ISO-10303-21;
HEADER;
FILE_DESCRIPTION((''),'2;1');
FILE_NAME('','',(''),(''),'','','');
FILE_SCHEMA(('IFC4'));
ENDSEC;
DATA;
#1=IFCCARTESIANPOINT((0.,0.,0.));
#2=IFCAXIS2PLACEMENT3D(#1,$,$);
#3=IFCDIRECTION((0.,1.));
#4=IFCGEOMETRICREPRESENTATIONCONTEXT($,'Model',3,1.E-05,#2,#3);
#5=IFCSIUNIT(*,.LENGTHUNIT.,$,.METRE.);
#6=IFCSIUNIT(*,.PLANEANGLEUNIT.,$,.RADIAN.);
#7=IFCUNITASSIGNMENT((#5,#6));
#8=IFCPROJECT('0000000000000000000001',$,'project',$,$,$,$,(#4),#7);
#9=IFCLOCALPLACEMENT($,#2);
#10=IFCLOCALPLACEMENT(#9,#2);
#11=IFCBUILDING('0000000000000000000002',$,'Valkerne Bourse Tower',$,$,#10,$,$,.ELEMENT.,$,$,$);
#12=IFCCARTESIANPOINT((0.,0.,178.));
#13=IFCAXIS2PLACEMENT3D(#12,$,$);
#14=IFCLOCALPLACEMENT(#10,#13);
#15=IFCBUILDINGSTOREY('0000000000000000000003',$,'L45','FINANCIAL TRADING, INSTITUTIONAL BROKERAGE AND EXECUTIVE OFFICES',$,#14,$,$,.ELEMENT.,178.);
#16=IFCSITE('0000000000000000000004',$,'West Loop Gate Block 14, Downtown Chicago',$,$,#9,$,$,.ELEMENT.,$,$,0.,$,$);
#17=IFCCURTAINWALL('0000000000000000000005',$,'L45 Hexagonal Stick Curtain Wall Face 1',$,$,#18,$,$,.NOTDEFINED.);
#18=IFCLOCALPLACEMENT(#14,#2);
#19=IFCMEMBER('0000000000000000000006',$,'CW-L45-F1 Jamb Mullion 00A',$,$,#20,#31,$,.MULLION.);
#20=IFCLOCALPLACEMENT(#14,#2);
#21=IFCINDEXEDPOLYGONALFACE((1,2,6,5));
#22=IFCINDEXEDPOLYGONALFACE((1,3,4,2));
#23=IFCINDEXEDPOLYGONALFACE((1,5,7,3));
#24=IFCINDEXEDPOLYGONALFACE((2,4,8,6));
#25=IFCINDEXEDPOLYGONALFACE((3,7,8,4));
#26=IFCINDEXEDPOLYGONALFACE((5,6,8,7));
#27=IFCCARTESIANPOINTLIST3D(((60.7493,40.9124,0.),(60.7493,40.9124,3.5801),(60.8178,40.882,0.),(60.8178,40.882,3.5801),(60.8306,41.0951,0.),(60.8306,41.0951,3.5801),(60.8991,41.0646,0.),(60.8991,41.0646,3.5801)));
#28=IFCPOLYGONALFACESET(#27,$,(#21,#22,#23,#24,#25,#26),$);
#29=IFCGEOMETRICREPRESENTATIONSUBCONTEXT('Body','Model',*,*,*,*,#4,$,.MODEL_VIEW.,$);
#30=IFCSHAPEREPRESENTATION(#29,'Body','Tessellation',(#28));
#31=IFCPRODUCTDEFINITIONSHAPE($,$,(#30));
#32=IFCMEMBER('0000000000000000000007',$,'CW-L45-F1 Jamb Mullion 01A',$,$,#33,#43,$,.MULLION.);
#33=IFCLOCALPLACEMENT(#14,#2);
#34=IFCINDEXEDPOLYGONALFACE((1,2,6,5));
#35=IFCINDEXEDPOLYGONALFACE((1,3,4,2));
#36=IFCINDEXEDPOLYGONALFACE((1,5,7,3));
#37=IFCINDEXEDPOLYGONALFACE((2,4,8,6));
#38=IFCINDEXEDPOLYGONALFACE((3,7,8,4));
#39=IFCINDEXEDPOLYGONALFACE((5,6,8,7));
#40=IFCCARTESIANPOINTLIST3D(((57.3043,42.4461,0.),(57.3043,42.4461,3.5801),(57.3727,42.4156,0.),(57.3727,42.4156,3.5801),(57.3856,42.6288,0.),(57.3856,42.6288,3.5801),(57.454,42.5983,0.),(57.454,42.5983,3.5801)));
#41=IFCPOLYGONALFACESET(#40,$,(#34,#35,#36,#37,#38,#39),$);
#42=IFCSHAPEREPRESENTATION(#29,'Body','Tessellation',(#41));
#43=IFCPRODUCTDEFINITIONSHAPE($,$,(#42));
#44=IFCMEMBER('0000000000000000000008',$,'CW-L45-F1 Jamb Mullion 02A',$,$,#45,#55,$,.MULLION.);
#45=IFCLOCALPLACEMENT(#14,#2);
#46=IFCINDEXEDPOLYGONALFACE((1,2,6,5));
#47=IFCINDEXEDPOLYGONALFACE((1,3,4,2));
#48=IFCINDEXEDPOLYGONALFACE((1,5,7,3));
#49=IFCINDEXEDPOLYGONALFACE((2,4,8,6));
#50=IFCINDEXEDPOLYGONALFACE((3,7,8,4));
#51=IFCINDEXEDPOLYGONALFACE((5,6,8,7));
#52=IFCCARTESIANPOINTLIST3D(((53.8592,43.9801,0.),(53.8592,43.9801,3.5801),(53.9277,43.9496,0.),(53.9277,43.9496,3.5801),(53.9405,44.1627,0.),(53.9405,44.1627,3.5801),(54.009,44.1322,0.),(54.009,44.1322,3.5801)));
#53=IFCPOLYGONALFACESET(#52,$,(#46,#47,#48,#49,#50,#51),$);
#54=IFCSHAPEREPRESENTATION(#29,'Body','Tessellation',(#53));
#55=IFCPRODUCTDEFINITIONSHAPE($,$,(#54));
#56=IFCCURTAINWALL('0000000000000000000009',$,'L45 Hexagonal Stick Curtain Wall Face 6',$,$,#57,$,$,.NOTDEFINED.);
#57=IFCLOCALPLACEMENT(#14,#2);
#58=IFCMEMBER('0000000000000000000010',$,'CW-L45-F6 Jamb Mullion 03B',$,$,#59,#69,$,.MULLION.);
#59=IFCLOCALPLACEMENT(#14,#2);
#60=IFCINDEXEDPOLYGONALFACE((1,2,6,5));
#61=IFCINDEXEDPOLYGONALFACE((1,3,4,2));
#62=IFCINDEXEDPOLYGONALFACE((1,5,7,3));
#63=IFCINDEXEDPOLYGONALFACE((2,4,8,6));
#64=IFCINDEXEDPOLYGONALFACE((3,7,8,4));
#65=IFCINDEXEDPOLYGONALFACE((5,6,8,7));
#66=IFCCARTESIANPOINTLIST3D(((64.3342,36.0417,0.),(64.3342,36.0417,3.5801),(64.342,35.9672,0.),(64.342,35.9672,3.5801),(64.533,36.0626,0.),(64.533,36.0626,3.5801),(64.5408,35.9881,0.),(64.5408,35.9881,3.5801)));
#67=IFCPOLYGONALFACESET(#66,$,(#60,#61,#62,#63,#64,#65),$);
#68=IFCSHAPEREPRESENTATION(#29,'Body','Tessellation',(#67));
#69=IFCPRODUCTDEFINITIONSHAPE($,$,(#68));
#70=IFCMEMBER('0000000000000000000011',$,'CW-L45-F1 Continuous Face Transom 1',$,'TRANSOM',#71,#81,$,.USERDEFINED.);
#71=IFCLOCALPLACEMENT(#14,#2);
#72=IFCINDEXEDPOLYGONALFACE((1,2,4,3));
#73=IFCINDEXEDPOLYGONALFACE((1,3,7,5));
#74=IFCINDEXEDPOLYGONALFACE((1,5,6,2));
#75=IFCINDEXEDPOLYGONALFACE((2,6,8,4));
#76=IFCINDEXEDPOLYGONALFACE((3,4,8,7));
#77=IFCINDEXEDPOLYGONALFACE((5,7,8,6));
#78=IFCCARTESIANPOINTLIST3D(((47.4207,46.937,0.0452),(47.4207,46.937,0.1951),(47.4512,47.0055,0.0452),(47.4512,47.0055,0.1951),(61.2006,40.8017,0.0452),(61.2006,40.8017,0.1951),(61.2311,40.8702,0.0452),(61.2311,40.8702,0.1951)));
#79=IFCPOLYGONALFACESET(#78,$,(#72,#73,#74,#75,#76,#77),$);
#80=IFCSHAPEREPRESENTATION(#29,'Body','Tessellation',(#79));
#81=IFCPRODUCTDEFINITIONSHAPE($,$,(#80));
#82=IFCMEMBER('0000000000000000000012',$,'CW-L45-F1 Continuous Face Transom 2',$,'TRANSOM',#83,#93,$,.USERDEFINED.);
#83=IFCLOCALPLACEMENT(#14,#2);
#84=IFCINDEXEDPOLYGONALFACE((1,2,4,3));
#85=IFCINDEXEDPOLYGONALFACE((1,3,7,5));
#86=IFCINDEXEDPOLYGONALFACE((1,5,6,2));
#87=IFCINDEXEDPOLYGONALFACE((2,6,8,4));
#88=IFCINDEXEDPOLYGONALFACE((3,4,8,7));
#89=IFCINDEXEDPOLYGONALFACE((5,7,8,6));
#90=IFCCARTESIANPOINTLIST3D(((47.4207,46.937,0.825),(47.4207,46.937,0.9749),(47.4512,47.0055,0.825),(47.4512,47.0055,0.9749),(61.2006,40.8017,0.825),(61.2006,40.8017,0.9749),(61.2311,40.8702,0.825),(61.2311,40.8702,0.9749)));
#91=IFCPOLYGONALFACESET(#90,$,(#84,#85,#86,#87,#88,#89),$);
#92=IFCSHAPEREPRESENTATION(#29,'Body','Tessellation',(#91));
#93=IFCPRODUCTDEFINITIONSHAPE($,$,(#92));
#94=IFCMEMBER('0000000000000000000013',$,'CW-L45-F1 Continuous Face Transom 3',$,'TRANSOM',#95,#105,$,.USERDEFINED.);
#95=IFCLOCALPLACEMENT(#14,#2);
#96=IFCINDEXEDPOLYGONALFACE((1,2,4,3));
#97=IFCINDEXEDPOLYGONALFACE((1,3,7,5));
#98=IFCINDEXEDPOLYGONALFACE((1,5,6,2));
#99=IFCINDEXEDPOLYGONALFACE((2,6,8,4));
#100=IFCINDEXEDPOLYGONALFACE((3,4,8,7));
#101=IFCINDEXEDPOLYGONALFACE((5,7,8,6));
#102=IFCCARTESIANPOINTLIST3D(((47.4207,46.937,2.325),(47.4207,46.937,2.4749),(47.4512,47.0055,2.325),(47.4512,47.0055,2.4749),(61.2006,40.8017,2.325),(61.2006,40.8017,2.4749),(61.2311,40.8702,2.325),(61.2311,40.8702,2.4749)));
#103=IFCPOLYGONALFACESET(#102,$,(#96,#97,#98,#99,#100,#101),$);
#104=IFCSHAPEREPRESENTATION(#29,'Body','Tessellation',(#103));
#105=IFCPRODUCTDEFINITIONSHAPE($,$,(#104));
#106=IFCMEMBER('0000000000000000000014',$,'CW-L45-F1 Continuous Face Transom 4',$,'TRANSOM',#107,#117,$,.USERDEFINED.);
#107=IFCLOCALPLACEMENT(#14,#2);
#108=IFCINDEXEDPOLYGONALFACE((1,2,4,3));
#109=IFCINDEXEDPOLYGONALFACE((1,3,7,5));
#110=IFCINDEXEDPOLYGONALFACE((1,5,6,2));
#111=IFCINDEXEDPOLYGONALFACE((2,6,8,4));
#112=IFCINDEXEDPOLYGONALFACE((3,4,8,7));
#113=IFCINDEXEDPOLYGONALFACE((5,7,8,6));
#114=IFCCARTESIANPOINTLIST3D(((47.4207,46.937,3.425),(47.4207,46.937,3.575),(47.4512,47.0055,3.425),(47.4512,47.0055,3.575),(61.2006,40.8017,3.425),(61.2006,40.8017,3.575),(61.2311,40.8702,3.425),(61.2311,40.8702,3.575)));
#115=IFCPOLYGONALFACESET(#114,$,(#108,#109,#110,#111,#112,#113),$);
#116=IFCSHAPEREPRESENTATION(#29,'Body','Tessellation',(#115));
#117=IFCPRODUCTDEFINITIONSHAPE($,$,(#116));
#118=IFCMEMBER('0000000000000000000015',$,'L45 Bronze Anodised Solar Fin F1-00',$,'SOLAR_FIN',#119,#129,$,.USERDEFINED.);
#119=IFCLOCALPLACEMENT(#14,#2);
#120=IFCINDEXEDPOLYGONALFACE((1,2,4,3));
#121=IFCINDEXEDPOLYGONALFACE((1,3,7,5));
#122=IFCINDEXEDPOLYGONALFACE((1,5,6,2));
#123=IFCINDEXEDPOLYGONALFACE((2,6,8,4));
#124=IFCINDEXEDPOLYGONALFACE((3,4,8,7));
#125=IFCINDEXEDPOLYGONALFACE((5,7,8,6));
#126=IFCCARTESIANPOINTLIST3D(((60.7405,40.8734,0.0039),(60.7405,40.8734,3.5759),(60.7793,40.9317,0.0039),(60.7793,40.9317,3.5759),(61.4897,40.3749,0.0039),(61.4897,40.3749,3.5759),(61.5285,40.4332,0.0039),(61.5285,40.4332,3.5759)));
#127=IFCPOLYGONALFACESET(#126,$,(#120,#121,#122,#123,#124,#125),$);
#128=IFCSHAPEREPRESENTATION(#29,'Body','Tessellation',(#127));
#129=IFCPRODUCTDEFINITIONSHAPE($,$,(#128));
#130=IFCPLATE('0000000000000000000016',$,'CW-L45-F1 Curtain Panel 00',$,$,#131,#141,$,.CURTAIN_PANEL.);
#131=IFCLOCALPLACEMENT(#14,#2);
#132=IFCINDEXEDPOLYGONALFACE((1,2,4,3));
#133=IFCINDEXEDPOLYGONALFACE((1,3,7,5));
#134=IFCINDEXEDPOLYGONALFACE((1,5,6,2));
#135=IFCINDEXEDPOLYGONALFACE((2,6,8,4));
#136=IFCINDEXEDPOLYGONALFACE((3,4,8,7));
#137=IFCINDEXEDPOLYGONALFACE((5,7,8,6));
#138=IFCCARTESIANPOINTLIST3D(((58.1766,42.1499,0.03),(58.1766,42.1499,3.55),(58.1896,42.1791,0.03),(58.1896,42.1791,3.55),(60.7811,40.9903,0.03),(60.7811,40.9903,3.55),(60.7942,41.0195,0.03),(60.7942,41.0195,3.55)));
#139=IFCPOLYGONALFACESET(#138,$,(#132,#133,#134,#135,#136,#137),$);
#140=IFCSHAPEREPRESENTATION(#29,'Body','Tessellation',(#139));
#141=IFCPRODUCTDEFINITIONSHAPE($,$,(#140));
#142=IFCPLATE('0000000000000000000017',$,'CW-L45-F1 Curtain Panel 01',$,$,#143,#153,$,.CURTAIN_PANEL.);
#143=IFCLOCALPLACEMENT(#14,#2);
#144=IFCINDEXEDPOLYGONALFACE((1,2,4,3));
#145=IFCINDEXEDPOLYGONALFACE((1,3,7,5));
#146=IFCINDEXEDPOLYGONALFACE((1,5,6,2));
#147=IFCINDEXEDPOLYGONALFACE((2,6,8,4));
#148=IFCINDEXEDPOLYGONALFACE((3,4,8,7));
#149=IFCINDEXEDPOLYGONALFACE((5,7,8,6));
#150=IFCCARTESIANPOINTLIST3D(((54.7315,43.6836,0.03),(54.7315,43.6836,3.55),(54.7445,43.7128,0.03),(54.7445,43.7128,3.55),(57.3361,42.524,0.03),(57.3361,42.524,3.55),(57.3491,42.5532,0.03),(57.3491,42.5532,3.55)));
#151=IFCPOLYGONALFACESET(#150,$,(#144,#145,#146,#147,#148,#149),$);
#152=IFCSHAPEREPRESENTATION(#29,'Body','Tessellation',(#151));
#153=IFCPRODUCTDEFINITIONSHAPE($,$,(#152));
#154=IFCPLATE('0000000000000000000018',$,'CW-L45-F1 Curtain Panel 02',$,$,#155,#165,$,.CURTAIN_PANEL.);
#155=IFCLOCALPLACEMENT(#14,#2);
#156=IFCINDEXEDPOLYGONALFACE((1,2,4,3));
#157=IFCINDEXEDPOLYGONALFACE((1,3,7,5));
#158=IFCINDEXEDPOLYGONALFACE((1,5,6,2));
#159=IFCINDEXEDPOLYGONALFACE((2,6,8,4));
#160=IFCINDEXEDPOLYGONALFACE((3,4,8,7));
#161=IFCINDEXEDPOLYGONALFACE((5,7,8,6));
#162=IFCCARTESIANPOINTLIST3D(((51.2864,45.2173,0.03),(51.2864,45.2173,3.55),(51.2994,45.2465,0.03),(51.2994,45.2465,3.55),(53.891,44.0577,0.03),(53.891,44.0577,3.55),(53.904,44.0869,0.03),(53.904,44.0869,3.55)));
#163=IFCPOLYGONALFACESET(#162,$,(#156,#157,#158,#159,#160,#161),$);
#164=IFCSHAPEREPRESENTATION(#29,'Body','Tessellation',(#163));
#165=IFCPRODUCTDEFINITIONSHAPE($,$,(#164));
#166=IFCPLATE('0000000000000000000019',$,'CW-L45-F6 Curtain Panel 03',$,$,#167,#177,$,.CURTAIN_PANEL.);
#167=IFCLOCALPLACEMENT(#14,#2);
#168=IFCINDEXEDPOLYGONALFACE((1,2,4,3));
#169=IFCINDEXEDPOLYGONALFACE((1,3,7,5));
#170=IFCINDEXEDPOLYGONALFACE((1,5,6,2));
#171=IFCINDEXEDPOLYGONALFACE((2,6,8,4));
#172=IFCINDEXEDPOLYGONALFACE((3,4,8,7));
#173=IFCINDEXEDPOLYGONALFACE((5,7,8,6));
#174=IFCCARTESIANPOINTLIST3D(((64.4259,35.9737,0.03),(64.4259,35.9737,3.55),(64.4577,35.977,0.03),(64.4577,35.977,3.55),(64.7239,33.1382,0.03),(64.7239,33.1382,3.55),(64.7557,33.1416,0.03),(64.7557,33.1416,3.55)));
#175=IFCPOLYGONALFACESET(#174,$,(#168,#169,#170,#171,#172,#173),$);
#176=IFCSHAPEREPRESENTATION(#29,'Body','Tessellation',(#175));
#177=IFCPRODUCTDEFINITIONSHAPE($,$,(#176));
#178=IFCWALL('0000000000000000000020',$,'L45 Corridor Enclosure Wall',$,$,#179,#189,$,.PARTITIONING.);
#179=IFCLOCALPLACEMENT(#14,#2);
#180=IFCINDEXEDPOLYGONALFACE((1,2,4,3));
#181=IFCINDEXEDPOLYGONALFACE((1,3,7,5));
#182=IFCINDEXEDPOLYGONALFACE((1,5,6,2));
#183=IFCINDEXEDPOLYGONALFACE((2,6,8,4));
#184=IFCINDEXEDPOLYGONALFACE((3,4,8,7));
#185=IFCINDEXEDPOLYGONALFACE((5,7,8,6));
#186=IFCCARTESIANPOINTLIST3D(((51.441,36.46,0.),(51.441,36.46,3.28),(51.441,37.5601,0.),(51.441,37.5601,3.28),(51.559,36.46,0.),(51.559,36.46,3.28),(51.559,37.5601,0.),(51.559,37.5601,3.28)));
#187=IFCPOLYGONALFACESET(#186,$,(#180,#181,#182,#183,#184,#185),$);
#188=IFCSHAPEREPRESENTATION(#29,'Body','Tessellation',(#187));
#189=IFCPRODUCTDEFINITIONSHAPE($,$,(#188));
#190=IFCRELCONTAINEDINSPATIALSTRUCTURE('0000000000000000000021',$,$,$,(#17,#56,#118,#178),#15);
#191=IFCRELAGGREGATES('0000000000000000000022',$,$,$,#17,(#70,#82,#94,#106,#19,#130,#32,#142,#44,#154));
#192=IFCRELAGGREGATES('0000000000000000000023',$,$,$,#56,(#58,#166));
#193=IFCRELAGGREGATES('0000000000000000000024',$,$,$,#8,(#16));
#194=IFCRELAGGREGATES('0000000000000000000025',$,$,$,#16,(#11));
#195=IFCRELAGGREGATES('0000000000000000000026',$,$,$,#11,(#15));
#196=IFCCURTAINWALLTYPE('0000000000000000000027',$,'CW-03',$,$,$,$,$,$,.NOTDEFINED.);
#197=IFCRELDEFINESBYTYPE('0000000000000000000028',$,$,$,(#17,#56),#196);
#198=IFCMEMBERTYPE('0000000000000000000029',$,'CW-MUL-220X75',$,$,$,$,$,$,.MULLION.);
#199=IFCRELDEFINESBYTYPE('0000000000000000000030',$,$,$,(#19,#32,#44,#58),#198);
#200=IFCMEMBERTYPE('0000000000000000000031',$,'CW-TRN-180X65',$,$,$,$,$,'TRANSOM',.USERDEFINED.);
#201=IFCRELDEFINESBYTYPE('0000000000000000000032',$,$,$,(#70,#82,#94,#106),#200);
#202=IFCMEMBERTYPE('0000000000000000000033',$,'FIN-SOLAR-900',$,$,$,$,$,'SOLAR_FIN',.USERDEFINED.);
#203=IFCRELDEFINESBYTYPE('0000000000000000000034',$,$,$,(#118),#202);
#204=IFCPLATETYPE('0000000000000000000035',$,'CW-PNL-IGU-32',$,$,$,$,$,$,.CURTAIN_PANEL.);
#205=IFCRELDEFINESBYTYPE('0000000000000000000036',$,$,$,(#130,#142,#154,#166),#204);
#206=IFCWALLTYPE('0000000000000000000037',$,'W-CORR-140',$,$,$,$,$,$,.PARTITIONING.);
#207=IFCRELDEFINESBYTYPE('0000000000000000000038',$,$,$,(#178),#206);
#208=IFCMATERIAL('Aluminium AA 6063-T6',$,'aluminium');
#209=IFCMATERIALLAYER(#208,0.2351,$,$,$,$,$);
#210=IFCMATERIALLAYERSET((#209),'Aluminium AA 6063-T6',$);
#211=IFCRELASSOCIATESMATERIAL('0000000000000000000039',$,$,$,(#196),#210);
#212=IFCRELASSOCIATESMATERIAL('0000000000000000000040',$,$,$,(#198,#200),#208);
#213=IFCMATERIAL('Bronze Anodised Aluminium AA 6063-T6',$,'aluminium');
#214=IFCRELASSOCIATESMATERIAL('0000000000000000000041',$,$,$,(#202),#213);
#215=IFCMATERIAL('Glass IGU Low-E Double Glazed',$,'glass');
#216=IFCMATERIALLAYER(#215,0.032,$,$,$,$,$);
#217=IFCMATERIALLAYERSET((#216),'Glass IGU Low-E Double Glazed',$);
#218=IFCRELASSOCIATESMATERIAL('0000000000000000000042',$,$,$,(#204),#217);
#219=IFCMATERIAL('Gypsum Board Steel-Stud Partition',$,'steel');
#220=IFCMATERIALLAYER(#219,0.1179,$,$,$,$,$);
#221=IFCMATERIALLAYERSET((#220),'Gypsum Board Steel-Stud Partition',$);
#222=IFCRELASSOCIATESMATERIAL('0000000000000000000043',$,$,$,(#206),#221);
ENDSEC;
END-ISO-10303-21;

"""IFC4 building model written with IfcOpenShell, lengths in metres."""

from ifc_helpers import new_model, si_unit, direction, frame, frame_2d, origin, origin_2d, place, context, subcontext, project, spatial, rectangle, extrude, material, layer, layer_set, material_profile, profile_set, type_object, element, aggregate, save


model = new_model("IFC4")

# Units and contexts
model_context = context("Model", 3, precision=1e-05, world=origin(), true_north=direction((0.0, 1.0)))
body_context = subcontext(model_context, "Body", "Model", "MODEL_VIEW")
ifc_project = project(units=[si_unit("LENGTHUNIT", "METRE"), si_unit("PLANEANGLEUNIT", "RADIAN")], contexts=[model_context])

# Site, building, storey
site_placement = place(None, origin())
site = spatial("IfcSite", under=ifc_project, at=site_placement, Name="West Loop Gate Block 14, Downtown Chicago", CompositionType="ELEMENT", RefElevation=0.0)
building_placement = place(site_placement, origin())
building = spatial("IfcBuilding", under=site, at=building_placement, Name="Valkerne Bourse Tower", CompositionType="ELEMENT")
storey_placement = place(building_placement, frame((0.0, 0.0, 178.0)))
storey = spatial("IfcBuildingStorey", under=building, at=storey_placement, Name="L45", Description="FINANCIAL TRADING, INSTITUTIONAL BROKERAGE AND EXECUTIVE OFFICES", CompositionType="ELEMENT", Elevation=178.0)

# Curtain wall, members
ifc_material_1 = material(Name="Aluminium AA 6063-T6", Category="aluminium")
ifc_layer_1 = layer(ifc_material_1, 0.2351)
ifc_layer_set_1 = layer_set([ifc_layer_1], Name="Aluminium AA 6063-T6")
curtain_wall_type = type_object("IfcCurtainWallType", Name="CW-03", PredefinedType="NOTDEFINED", material=ifc_layer_set_1)
curtain_wall_1_placement = place(storey_placement, origin())
curtain_wall_1 = element("IfcCurtainWall", 1, at=curtain_wall_1_placement, inside=storey, type_object=curtain_wall_type, Name="L45 Hexagonal Stick Curtain Wall Face 1", PredefinedType="NOTDEFINED")
ifc_material_profile_1 = material_profile(ifc_material_1, rectangle(XDim=0.075, YDim=0.2, at=origin_2d()), Name="CWM-75X200")
ifc_profile_set_1 = profile_set([ifc_material_profile_1], Name="Aluminium AA 6063-T6")
member_type_1 = type_object("IfcMemberType", Name="CW-MUL-220X75", PredefinedType="MULLION", material=ifc_profile_set_1)
member_1_placement = place(storey_placement, frame((60.8242, 40.9885, 0.0), z_axis=(0.0, 0.0, 1.0), x_axis=(-0.913547, 0.406734, 0.0)))
member_1 = element("IfcMember", 2, at=member_1_placement, type_object=member_type_1, Name="CW-L45-F1 Jamb Mullion 00A", PredefinedType="MULLION", context=body_context, shape_type="SweptSolid", body=[
    extrude(rectangle(XDim=0.075, YDim=0.2, at=origin_2d()), origin(), (0.0, 0.0, 1.0), 3.5801),
])
member_2_placement = place(storey_placement, frame((57.3792, 42.5222, 0.0), z_axis=(0.0, 0.0, 1.0), x_axis=(-0.913547, 0.406734, 0.0)))
member_2 = element("IfcMember", 3, at=member_2_placement, type_object=member_type_1, Name="CW-L45-F1 Jamb Mullion 01A", PredefinedType="MULLION", context=body_context, shape_type="SweptSolid", body=[
    extrude(rectangle(XDim=0.075, YDim=0.2, at=origin_2d()), origin(), (0.0, 0.0, 1.0), 3.5801),
])
member_3_placement = place(storey_placement, frame((53.9341, 44.0562, 0.0), z_axis=(0.0, 0.0, 1.0), x_axis=(-0.913547, 0.406734, 0.0)))
member_3 = element("IfcMember", 4, at=member_3_placement, type_object=member_type_1, Name="CW-L45-F1 Jamb Mullion 02A", PredefinedType="MULLION", context=body_context, shape_type="SweptSolid", body=[
    extrude(rectangle(XDim=0.075, YDim=0.2, at=origin_2d()), origin(), (0.0, 0.0, 1.0), 3.5801),
])

# Curtain wall, member
curtain_wall_2_placement = place(storey_placement, origin())
curtain_wall_2 = element("IfcCurtainWall", 5, at=curtain_wall_2_placement, inside=storey, type_object=curtain_wall_type, Name="L45 Hexagonal Stick Curtain Wall Face 6", PredefinedType="NOTDEFINED")
member_4_placement = place(storey_placement, frame((64.4375, 36.0149, 0.0), z_axis=(0.0, 0.0, 1.0), x_axis=(-0.104533, 0.994521, 0.0)))
member_4 = element("IfcMember", 6, at=member_4_placement, type_object=member_type_1, Name="CW-L45-F6 Jamb Mullion 03B", PredefinedType="MULLION", context=body_context, shape_type="SweptSolid", body=[
    extrude(rectangle(XDim=0.075, YDim=0.2, at=origin_2d()), origin(), (0.0, 0.0, 1.0), 3.5801),
])

# Members
ifc_material_profile_2 = material_profile(ifc_material_1, rectangle(XDim=0.075, YDim=0.1499, at=origin_2d()), Name="CWT-75X150")
ifc_profile_set_2 = profile_set([ifc_material_profile_2], Name="Aluminium AA 6063-T6")
member_type_2 = type_object("IfcMemberType", Name="CW-TRN-180X65", ElementType="TRANSOM", PredefinedType="USERDEFINED", material=ifc_profile_set_2)
member_5_placement = place(storey_placement, frame((61.2158, 40.8359, 0.1201), z_axis=(-0.913543, 0.406742, 0.0), x_axis=(-0.406742, -0.913543, 0.0)))
member_5 = element("IfcMember", 7, at=member_5_placement, type_object=member_type_2, Name="CW-L45-F1 Continuous Face Transom 1", ObjectType="TRANSOM", PredefinedType="USERDEFINED", context=body_context, shape_type="SweptSolid", body=[
    extrude(rectangle(XDim=0.075, YDim=0.1499, at=origin_2d()), origin(), (0.0, 0.0, 1.0), 15.084),
])
member_6_placement = place(storey_placement, frame((61.2158, 40.8359, 0.8999), z_axis=(-0.913543, 0.406742, 0.0), x_axis=(-0.406742, -0.913543, 0.0)))
member_6 = element("IfcMember", 8, at=member_6_placement, type_object=member_type_2, Name="CW-L45-F1 Continuous Face Transom 2", ObjectType="TRANSOM", PredefinedType="USERDEFINED", context=body_context, shape_type="SweptSolid", body=[
    extrude(rectangle(XDim=0.075, YDim=0.1499, at=origin_2d()), origin(), (0.0, 0.0, 1.0), 15.084),
])
member_7_placement = place(storey_placement, frame((61.2158, 40.8359, 2.3999), z_axis=(-0.913543, 0.406742, 0.0), x_axis=(-0.406742, -0.913543, 0.0)))
member_7 = element("IfcMember", 9, at=member_7_placement, type_object=member_type_2, Name="CW-L45-F1 Continuous Face Transom 3", ObjectType="TRANSOM", PredefinedType="USERDEFINED", context=body_context, shape_type="SweptSolid", body=[
    extrude(rectangle(XDim=0.075, YDim=0.1499, at=origin_2d()), origin(), (0.0, 0.0, 1.0), 15.084),
])
member_8_placement = place(storey_placement, frame((61.2158, 40.8359, 3.5), z_axis=(-0.913543, 0.406742, 0.0), x_axis=(-0.406742, -0.913543, 0.0)))
member_8 = element("IfcMember", 10, at=member_8_placement, type_object=member_type_2, Name="CW-L45-F1 Continuous Face Transom 4", ObjectType="TRANSOM", PredefinedType="USERDEFINED", context=body_context, shape_type="SweptSolid", body=[
    extrude(rectangle(XDim=0.075, YDim=0.1499, at=origin_2d()), origin(), (0.0, 0.0, 1.0), 15.084),
])
ifc_material_2 = material(Name="Bronze Anodised Aluminium AA 6063-T6", Category="aluminium")
ifc_material_profile_3 = material_profile(ifc_material_2, rectangle(XDim=0.0701, YDim=0.8999, at=origin_2d()), Name="FIN-70X900")
ifc_profile_set_3 = profile_set([ifc_material_profile_3], Name="Bronze Anodised Aluminium AA 6063-T6")
member_type_3 = type_object("IfcMemberType", Name="FIN-SOLAR-900", ElementType="SOLAR_FIN", PredefinedType="USERDEFINED", material=ifc_profile_set_3)
member_9_placement = place(storey_placement, frame((61.1345, 40.6533, 0.0039), z_axis=(0.0, 0.0, 1.0), x_axis=(0.553927, 0.832565, 0.0)))
element("IfcMember", 11, at=member_9_placement, inside=storey, type_object=member_type_3, Name="L45 Bronze Anodised Solar Fin F1-00", ObjectType="SOLAR_FIN", PredefinedType="USERDEFINED", context=body_context, shape_type="SweptSolid", body=[
    extrude(rectangle(XDim=0.0701, YDim=0.8999, at=origin_2d()), origin(), (0.0, 0.0, 1.0), 3.572),
])

# Plates
ifc_material_3 = material(Name="Glass IGU Low-E Double Glazed", Category="glass")
ifc_layer_2 = layer(ifc_material_3, 0.032)
ifc_layer_set_2 = layer_set([ifc_layer_2], Name="Glass IGU Low-E Double Glazed")
plate_type = type_object("IfcPlateType", Name="CW-PNL-IGU-32", PredefinedType="CURTAIN_PANEL", material=ifc_layer_set_2)
plate_1_placement = place(storey_placement, frame((59.4854, 41.5847, 0.03), z_axis=(0.0, 0.0, 1.0), x_axis=(-0.913547, 0.406734, 0.0)))
plate_1 = element("IfcPlate", 12, at=plate_1_placement, type_object=plate_type, Name="CW-L45-F1 Curtain Panel 00", PredefinedType="CURTAIN_PANEL", context=body_context, shape_type="SweptSolid", body=[
    extrude(rectangle(XDim=2.8511, YDim=0.032, at=origin_2d()), origin(), (0.0, 0.0, 1.0), 3.52),
])
plate_2_placement = place(storey_placement, frame((56.0403, 43.1184, 0.03), z_axis=(0.0, 0.0, 1.0), x_axis=(-0.913547, 0.406734, 0.0)))
plate_2 = element("IfcPlate", 13, at=plate_2_placement, type_object=plate_type, Name="CW-L45-F1 Curtain Panel 01", PredefinedType="CURTAIN_PANEL", context=body_context, shape_type="SweptSolid", body=[
    extrude(rectangle(XDim=2.8511, YDim=0.032, at=origin_2d()), origin(), (0.0, 0.0, 1.0), 3.52),
])
plate_3_placement = place(storey_placement, frame((52.5952, 44.6521, 0.03), z_axis=(0.0, 0.0, 1.0), x_axis=(-0.913547, 0.406734, 0.0)))
plate_3 = element("IfcPlate", 14, at=plate_3_placement, type_object=plate_type, Name="CW-L45-F1 Curtain Panel 02", PredefinedType="CURTAIN_PANEL", context=body_context, shape_type="SweptSolid", body=[
    extrude(rectangle(XDim=2.8511, YDim=0.032, at=origin_2d()), origin(), (0.0, 0.0, 1.0), 3.52),
])
aggregate(curtain_wall_1, [member_5, member_6, member_7, member_8, member_1, plate_1, member_2, plate_2, member_3, plate_3])
plate_4_placement = place(storey_placement, frame((64.5908, 34.5576, 0.03), z_axis=(0.0, 0.0, 1.0), x_axis=(-0.104533, 0.994521, 0.0)))
plate_4 = element("IfcPlate", 15, at=plate_4_placement, type_object=plate_type, Name="CW-L45-F6 Curtain Panel 03", PredefinedType="CURTAIN_PANEL", context=body_context, shape_type="SweptSolid", body=[
    extrude(rectangle(XDim=2.8511, YDim=0.032, at=origin_2d()), origin(), (0.0, 0.0, 1.0), 3.52),
])
aggregate(curtain_wall_2, [member_4, plate_4])

# Wall
ifc_material_4 = material(Name="Gypsum Board Steel-Stud Partition", Category="steel")
ifc_layer_3 = layer(ifc_material_4, 0.1179)
ifc_layer_set_3 = layer_set([ifc_layer_3], Name="Gypsum Board Steel-Stud Partition")
wall_type_1 = type_object("IfcWallType", Name="W-CORR-140", PredefinedType="PARTITIONING", material=ifc_layer_set_3)
wall_1_placement = place(storey_placement, frame((51.5, 37.5601, 0.0), z_axis=(0.0, 0.0, 1.0), x_axis=(0.0, -1.0, 0.0)))
element("IfcWall", 16, at=wall_1_placement, inside=storey, type_object=wall_type_1, Name="L45 Corridor Enclosure Wall", PredefinedType="PARTITIONING", context=body_context, shape_type="SweptSolid", body=[
    extrude(rectangle(XDim=1.1001, YDim=0.1179, at=frame_2d((0.55, 0.0))), origin(), (0.0, 0.0, 1.0), 3.28),
])

save(model, "model.ifc")
